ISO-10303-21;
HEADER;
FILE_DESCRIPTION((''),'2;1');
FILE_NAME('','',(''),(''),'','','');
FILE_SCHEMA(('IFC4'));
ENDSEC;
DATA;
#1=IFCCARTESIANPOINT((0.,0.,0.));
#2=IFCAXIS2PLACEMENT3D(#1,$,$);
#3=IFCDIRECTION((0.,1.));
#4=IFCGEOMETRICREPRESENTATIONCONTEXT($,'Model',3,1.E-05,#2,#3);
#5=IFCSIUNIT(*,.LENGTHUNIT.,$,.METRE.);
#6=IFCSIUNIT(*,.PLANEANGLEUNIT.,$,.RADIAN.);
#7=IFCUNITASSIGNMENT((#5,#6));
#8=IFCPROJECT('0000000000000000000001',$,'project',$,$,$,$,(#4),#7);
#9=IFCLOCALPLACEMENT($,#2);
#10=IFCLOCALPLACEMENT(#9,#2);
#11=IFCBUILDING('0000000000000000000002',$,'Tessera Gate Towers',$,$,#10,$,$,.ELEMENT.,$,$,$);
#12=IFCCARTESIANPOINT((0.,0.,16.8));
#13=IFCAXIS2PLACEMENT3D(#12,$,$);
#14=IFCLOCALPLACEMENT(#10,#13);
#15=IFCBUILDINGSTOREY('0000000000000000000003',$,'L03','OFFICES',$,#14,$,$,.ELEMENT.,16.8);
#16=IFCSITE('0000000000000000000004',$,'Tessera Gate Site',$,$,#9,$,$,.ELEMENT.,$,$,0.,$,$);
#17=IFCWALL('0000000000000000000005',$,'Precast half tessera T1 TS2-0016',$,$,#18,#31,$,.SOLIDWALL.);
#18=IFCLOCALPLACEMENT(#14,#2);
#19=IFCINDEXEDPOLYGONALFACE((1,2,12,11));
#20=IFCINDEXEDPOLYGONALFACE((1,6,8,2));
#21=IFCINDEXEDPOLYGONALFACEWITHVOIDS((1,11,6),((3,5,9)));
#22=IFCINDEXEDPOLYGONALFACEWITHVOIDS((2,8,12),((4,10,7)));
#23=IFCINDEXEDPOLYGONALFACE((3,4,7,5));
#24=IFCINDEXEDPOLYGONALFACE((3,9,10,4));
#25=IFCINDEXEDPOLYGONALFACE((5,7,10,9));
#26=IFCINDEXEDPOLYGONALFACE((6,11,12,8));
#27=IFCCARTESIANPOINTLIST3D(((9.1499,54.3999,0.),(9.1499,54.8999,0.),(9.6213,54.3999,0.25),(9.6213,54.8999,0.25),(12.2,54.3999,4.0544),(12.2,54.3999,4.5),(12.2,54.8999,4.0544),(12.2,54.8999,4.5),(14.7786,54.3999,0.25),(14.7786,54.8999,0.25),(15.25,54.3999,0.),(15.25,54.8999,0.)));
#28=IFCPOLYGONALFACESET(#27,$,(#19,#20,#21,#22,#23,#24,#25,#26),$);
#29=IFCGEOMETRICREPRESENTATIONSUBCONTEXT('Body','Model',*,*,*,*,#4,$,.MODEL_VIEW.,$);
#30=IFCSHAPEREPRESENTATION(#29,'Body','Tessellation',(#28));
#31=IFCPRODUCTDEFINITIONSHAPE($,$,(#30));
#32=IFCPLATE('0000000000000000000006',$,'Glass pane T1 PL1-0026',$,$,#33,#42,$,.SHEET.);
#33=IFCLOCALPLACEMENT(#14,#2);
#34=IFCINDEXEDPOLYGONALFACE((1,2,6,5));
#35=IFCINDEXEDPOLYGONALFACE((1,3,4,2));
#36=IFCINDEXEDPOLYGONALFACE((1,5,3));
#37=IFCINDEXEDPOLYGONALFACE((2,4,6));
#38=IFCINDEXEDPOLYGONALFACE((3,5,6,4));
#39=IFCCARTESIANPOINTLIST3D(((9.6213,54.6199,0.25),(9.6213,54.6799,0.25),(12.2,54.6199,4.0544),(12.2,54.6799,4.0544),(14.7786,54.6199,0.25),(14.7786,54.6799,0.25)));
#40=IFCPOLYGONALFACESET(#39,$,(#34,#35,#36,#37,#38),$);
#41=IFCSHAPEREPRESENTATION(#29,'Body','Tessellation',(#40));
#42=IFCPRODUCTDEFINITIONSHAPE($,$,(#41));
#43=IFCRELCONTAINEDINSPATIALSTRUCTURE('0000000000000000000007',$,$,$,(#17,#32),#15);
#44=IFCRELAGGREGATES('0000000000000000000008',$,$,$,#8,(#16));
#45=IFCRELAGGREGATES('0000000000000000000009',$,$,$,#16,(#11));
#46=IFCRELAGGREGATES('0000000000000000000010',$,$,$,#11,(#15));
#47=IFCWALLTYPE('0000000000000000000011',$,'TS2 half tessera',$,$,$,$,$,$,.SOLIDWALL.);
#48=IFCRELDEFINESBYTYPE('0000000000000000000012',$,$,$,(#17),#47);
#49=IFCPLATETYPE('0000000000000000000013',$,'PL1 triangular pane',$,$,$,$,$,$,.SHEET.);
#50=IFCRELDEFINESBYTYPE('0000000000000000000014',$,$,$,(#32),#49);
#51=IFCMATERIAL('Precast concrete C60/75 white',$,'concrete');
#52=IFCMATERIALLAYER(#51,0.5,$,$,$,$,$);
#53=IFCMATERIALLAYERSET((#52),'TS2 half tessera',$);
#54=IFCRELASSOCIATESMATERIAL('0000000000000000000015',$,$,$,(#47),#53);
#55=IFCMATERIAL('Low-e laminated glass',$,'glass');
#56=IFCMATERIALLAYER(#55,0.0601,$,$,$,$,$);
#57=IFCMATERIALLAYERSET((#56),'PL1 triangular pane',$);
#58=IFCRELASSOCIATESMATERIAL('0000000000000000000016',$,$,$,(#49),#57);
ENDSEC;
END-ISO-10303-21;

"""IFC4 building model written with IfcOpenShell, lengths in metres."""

from ifc_helpers import new_model, si_unit, direction, frame, origin, place, context, subcontext, project, spatial, polyline, outline, extrude, source, transform, mapped, material, layer, layer_set, type_object, element, fill, save


model = new_model("IFC4")

# Units and contexts
model_context = context("Model", 3, precision=1e-05, world=origin(), true_north=direction((0.0, 1.0)))
body_context = subcontext(model_context, "Body", "Model", "MODEL_VIEW")
ifc_project = project(units=[si_unit("LENGTHUNIT", "METRE"), si_unit("PLANEANGLEUNIT", "RADIAN")], contexts=[model_context])

# Site, building, storey
site_placement = place(None, origin())
site = spatial("IfcSite", under=ifc_project, at=site_placement, Name="Tessera Gate Site", CompositionType="ELEMENT", RefElevation=0.0)
building_placement = place(site_placement, origin())
building = spatial("IfcBuilding", under=site, at=building_placement, Name="Tessera Gate Towers", CompositionType="ELEMENT")
storey_placement = place(building_placement, frame((0.0, 0.0, 16.8)))
storey = spatial("IfcBuildingStorey", under=building, at=storey_placement, Name="L03", Description="OFFICES", CompositionType="ELEMENT", Elevation=16.8)

# Wall, opening, plate
ifc_material_1 = material(Name="Precast concrete C60/75 white", Category="concrete")
ifc_layer_1 = layer(ifc_material_1, 0.5)
ifc_layer_set_1 = layer_set([ifc_layer_1], Name="TS2 half tessera")
wall_type_1 = type_object("IfcWallType", Name="TS2 half tessera", PredefinedType="SOLIDWALL", material=ifc_layer_set_1)
shared_shape_1 = source(origin(), body_context, "Body", "SweptSolid", [
    extrude(outline(polyline([(6.1001, 0.0), (3.05, 4.5), (0.0, 0.0), (6.1001, 0.0)])), frame((0.0, 0.25, 0.0), z_axis=(0.0, -1.0, 0.0), x_axis=(1.0, 0.0, 0.0)), (0.0, 0.0, 1.0), 0.5),
])
shared_shape_2 = source(origin(), body_context, "Body", "SweptSolid", [
    extrude(outline(polyline([(5.6287, 0.25), (3.05, 4.0544), (0.4714, 0.25), (5.6287, 0.25)])), frame((0.0, 0.26, 0.0), z_axis=(0.0, -1.0, 0.0), x_axis=(1.0, 0.0, 0.0)), (0.0, 0.0, 1.0), 0.52),
])
ifc_material_2 = material(Name="Low-e laminated glass", Category="glass")
ifc_layer_2 = layer(ifc_material_2, 0.0601)
ifc_layer_set_2 = layer_set([ifc_layer_2], Name="PL1 triangular pane")
plate_type = type_object("IfcPlateType", Name="PL1 triangular pane", PredefinedType="SHEET", material=ifc_layer_set_2)
shared_shape_3 = source(origin(), body_context, "Body", "SweptSolid", [
    extrude(outline(polyline([(5.6287, 0.25), (3.05, 4.0544), (0.4714, 0.25), (5.6287, 0.25)])), frame((0.0, 0.03, 0.0), z_axis=(0.0, -1.0, 0.0), x_axis=(1.0, 0.0, 0.0)), (0.0, 0.0, 1.0), 0.0601),
])
wall_1_placement = place(storey_placement, frame((15.25, 54.6499, 0.0), z_axis=(0.0, 0.0, 1.0), x_axis=(-1.0, 0.0, 0.0)))
wall_1 = element("IfcWall", 1, at=wall_1_placement, inside=storey, type_object=wall_type_1, Name="Precast half tessera T1 TS2-0016", PredefinedType="SOLIDWALL", context=body_context, shape_type="MappedRepresentation", body=[
    mapped(shared_shape_1, transform((0.0, 0.0, 0.0), scale=1.0)),
])
opening_1_placement = place(wall_1_placement, origin())
opening_1 = element("IfcOpeningElement", 2, at=opening_1_placement, cuts=wall_1, PredefinedType="OPENING", context=body_context, shape_type="MappedRepresentation", body=[
    mapped(shared_shape_2, transform((0.0, 0.0, 0.0), scale=1.0)),
])
plate_1_placement = place(opening_1_placement, origin())
plate_1 = element("IfcPlate", 3, at=plate_1_placement, inside=storey, type_object=plate_type, Name="Glass pane T1 PL1-0026", PredefinedType="SHEET", context=body_context, shape_type="MappedRepresentation", body=[
    mapped(shared_shape_3, transform((0.0, 0.0, 0.0), scale=1.0)),
])
fill(opening_1, plate_1)

save(model, "model.ifc")
